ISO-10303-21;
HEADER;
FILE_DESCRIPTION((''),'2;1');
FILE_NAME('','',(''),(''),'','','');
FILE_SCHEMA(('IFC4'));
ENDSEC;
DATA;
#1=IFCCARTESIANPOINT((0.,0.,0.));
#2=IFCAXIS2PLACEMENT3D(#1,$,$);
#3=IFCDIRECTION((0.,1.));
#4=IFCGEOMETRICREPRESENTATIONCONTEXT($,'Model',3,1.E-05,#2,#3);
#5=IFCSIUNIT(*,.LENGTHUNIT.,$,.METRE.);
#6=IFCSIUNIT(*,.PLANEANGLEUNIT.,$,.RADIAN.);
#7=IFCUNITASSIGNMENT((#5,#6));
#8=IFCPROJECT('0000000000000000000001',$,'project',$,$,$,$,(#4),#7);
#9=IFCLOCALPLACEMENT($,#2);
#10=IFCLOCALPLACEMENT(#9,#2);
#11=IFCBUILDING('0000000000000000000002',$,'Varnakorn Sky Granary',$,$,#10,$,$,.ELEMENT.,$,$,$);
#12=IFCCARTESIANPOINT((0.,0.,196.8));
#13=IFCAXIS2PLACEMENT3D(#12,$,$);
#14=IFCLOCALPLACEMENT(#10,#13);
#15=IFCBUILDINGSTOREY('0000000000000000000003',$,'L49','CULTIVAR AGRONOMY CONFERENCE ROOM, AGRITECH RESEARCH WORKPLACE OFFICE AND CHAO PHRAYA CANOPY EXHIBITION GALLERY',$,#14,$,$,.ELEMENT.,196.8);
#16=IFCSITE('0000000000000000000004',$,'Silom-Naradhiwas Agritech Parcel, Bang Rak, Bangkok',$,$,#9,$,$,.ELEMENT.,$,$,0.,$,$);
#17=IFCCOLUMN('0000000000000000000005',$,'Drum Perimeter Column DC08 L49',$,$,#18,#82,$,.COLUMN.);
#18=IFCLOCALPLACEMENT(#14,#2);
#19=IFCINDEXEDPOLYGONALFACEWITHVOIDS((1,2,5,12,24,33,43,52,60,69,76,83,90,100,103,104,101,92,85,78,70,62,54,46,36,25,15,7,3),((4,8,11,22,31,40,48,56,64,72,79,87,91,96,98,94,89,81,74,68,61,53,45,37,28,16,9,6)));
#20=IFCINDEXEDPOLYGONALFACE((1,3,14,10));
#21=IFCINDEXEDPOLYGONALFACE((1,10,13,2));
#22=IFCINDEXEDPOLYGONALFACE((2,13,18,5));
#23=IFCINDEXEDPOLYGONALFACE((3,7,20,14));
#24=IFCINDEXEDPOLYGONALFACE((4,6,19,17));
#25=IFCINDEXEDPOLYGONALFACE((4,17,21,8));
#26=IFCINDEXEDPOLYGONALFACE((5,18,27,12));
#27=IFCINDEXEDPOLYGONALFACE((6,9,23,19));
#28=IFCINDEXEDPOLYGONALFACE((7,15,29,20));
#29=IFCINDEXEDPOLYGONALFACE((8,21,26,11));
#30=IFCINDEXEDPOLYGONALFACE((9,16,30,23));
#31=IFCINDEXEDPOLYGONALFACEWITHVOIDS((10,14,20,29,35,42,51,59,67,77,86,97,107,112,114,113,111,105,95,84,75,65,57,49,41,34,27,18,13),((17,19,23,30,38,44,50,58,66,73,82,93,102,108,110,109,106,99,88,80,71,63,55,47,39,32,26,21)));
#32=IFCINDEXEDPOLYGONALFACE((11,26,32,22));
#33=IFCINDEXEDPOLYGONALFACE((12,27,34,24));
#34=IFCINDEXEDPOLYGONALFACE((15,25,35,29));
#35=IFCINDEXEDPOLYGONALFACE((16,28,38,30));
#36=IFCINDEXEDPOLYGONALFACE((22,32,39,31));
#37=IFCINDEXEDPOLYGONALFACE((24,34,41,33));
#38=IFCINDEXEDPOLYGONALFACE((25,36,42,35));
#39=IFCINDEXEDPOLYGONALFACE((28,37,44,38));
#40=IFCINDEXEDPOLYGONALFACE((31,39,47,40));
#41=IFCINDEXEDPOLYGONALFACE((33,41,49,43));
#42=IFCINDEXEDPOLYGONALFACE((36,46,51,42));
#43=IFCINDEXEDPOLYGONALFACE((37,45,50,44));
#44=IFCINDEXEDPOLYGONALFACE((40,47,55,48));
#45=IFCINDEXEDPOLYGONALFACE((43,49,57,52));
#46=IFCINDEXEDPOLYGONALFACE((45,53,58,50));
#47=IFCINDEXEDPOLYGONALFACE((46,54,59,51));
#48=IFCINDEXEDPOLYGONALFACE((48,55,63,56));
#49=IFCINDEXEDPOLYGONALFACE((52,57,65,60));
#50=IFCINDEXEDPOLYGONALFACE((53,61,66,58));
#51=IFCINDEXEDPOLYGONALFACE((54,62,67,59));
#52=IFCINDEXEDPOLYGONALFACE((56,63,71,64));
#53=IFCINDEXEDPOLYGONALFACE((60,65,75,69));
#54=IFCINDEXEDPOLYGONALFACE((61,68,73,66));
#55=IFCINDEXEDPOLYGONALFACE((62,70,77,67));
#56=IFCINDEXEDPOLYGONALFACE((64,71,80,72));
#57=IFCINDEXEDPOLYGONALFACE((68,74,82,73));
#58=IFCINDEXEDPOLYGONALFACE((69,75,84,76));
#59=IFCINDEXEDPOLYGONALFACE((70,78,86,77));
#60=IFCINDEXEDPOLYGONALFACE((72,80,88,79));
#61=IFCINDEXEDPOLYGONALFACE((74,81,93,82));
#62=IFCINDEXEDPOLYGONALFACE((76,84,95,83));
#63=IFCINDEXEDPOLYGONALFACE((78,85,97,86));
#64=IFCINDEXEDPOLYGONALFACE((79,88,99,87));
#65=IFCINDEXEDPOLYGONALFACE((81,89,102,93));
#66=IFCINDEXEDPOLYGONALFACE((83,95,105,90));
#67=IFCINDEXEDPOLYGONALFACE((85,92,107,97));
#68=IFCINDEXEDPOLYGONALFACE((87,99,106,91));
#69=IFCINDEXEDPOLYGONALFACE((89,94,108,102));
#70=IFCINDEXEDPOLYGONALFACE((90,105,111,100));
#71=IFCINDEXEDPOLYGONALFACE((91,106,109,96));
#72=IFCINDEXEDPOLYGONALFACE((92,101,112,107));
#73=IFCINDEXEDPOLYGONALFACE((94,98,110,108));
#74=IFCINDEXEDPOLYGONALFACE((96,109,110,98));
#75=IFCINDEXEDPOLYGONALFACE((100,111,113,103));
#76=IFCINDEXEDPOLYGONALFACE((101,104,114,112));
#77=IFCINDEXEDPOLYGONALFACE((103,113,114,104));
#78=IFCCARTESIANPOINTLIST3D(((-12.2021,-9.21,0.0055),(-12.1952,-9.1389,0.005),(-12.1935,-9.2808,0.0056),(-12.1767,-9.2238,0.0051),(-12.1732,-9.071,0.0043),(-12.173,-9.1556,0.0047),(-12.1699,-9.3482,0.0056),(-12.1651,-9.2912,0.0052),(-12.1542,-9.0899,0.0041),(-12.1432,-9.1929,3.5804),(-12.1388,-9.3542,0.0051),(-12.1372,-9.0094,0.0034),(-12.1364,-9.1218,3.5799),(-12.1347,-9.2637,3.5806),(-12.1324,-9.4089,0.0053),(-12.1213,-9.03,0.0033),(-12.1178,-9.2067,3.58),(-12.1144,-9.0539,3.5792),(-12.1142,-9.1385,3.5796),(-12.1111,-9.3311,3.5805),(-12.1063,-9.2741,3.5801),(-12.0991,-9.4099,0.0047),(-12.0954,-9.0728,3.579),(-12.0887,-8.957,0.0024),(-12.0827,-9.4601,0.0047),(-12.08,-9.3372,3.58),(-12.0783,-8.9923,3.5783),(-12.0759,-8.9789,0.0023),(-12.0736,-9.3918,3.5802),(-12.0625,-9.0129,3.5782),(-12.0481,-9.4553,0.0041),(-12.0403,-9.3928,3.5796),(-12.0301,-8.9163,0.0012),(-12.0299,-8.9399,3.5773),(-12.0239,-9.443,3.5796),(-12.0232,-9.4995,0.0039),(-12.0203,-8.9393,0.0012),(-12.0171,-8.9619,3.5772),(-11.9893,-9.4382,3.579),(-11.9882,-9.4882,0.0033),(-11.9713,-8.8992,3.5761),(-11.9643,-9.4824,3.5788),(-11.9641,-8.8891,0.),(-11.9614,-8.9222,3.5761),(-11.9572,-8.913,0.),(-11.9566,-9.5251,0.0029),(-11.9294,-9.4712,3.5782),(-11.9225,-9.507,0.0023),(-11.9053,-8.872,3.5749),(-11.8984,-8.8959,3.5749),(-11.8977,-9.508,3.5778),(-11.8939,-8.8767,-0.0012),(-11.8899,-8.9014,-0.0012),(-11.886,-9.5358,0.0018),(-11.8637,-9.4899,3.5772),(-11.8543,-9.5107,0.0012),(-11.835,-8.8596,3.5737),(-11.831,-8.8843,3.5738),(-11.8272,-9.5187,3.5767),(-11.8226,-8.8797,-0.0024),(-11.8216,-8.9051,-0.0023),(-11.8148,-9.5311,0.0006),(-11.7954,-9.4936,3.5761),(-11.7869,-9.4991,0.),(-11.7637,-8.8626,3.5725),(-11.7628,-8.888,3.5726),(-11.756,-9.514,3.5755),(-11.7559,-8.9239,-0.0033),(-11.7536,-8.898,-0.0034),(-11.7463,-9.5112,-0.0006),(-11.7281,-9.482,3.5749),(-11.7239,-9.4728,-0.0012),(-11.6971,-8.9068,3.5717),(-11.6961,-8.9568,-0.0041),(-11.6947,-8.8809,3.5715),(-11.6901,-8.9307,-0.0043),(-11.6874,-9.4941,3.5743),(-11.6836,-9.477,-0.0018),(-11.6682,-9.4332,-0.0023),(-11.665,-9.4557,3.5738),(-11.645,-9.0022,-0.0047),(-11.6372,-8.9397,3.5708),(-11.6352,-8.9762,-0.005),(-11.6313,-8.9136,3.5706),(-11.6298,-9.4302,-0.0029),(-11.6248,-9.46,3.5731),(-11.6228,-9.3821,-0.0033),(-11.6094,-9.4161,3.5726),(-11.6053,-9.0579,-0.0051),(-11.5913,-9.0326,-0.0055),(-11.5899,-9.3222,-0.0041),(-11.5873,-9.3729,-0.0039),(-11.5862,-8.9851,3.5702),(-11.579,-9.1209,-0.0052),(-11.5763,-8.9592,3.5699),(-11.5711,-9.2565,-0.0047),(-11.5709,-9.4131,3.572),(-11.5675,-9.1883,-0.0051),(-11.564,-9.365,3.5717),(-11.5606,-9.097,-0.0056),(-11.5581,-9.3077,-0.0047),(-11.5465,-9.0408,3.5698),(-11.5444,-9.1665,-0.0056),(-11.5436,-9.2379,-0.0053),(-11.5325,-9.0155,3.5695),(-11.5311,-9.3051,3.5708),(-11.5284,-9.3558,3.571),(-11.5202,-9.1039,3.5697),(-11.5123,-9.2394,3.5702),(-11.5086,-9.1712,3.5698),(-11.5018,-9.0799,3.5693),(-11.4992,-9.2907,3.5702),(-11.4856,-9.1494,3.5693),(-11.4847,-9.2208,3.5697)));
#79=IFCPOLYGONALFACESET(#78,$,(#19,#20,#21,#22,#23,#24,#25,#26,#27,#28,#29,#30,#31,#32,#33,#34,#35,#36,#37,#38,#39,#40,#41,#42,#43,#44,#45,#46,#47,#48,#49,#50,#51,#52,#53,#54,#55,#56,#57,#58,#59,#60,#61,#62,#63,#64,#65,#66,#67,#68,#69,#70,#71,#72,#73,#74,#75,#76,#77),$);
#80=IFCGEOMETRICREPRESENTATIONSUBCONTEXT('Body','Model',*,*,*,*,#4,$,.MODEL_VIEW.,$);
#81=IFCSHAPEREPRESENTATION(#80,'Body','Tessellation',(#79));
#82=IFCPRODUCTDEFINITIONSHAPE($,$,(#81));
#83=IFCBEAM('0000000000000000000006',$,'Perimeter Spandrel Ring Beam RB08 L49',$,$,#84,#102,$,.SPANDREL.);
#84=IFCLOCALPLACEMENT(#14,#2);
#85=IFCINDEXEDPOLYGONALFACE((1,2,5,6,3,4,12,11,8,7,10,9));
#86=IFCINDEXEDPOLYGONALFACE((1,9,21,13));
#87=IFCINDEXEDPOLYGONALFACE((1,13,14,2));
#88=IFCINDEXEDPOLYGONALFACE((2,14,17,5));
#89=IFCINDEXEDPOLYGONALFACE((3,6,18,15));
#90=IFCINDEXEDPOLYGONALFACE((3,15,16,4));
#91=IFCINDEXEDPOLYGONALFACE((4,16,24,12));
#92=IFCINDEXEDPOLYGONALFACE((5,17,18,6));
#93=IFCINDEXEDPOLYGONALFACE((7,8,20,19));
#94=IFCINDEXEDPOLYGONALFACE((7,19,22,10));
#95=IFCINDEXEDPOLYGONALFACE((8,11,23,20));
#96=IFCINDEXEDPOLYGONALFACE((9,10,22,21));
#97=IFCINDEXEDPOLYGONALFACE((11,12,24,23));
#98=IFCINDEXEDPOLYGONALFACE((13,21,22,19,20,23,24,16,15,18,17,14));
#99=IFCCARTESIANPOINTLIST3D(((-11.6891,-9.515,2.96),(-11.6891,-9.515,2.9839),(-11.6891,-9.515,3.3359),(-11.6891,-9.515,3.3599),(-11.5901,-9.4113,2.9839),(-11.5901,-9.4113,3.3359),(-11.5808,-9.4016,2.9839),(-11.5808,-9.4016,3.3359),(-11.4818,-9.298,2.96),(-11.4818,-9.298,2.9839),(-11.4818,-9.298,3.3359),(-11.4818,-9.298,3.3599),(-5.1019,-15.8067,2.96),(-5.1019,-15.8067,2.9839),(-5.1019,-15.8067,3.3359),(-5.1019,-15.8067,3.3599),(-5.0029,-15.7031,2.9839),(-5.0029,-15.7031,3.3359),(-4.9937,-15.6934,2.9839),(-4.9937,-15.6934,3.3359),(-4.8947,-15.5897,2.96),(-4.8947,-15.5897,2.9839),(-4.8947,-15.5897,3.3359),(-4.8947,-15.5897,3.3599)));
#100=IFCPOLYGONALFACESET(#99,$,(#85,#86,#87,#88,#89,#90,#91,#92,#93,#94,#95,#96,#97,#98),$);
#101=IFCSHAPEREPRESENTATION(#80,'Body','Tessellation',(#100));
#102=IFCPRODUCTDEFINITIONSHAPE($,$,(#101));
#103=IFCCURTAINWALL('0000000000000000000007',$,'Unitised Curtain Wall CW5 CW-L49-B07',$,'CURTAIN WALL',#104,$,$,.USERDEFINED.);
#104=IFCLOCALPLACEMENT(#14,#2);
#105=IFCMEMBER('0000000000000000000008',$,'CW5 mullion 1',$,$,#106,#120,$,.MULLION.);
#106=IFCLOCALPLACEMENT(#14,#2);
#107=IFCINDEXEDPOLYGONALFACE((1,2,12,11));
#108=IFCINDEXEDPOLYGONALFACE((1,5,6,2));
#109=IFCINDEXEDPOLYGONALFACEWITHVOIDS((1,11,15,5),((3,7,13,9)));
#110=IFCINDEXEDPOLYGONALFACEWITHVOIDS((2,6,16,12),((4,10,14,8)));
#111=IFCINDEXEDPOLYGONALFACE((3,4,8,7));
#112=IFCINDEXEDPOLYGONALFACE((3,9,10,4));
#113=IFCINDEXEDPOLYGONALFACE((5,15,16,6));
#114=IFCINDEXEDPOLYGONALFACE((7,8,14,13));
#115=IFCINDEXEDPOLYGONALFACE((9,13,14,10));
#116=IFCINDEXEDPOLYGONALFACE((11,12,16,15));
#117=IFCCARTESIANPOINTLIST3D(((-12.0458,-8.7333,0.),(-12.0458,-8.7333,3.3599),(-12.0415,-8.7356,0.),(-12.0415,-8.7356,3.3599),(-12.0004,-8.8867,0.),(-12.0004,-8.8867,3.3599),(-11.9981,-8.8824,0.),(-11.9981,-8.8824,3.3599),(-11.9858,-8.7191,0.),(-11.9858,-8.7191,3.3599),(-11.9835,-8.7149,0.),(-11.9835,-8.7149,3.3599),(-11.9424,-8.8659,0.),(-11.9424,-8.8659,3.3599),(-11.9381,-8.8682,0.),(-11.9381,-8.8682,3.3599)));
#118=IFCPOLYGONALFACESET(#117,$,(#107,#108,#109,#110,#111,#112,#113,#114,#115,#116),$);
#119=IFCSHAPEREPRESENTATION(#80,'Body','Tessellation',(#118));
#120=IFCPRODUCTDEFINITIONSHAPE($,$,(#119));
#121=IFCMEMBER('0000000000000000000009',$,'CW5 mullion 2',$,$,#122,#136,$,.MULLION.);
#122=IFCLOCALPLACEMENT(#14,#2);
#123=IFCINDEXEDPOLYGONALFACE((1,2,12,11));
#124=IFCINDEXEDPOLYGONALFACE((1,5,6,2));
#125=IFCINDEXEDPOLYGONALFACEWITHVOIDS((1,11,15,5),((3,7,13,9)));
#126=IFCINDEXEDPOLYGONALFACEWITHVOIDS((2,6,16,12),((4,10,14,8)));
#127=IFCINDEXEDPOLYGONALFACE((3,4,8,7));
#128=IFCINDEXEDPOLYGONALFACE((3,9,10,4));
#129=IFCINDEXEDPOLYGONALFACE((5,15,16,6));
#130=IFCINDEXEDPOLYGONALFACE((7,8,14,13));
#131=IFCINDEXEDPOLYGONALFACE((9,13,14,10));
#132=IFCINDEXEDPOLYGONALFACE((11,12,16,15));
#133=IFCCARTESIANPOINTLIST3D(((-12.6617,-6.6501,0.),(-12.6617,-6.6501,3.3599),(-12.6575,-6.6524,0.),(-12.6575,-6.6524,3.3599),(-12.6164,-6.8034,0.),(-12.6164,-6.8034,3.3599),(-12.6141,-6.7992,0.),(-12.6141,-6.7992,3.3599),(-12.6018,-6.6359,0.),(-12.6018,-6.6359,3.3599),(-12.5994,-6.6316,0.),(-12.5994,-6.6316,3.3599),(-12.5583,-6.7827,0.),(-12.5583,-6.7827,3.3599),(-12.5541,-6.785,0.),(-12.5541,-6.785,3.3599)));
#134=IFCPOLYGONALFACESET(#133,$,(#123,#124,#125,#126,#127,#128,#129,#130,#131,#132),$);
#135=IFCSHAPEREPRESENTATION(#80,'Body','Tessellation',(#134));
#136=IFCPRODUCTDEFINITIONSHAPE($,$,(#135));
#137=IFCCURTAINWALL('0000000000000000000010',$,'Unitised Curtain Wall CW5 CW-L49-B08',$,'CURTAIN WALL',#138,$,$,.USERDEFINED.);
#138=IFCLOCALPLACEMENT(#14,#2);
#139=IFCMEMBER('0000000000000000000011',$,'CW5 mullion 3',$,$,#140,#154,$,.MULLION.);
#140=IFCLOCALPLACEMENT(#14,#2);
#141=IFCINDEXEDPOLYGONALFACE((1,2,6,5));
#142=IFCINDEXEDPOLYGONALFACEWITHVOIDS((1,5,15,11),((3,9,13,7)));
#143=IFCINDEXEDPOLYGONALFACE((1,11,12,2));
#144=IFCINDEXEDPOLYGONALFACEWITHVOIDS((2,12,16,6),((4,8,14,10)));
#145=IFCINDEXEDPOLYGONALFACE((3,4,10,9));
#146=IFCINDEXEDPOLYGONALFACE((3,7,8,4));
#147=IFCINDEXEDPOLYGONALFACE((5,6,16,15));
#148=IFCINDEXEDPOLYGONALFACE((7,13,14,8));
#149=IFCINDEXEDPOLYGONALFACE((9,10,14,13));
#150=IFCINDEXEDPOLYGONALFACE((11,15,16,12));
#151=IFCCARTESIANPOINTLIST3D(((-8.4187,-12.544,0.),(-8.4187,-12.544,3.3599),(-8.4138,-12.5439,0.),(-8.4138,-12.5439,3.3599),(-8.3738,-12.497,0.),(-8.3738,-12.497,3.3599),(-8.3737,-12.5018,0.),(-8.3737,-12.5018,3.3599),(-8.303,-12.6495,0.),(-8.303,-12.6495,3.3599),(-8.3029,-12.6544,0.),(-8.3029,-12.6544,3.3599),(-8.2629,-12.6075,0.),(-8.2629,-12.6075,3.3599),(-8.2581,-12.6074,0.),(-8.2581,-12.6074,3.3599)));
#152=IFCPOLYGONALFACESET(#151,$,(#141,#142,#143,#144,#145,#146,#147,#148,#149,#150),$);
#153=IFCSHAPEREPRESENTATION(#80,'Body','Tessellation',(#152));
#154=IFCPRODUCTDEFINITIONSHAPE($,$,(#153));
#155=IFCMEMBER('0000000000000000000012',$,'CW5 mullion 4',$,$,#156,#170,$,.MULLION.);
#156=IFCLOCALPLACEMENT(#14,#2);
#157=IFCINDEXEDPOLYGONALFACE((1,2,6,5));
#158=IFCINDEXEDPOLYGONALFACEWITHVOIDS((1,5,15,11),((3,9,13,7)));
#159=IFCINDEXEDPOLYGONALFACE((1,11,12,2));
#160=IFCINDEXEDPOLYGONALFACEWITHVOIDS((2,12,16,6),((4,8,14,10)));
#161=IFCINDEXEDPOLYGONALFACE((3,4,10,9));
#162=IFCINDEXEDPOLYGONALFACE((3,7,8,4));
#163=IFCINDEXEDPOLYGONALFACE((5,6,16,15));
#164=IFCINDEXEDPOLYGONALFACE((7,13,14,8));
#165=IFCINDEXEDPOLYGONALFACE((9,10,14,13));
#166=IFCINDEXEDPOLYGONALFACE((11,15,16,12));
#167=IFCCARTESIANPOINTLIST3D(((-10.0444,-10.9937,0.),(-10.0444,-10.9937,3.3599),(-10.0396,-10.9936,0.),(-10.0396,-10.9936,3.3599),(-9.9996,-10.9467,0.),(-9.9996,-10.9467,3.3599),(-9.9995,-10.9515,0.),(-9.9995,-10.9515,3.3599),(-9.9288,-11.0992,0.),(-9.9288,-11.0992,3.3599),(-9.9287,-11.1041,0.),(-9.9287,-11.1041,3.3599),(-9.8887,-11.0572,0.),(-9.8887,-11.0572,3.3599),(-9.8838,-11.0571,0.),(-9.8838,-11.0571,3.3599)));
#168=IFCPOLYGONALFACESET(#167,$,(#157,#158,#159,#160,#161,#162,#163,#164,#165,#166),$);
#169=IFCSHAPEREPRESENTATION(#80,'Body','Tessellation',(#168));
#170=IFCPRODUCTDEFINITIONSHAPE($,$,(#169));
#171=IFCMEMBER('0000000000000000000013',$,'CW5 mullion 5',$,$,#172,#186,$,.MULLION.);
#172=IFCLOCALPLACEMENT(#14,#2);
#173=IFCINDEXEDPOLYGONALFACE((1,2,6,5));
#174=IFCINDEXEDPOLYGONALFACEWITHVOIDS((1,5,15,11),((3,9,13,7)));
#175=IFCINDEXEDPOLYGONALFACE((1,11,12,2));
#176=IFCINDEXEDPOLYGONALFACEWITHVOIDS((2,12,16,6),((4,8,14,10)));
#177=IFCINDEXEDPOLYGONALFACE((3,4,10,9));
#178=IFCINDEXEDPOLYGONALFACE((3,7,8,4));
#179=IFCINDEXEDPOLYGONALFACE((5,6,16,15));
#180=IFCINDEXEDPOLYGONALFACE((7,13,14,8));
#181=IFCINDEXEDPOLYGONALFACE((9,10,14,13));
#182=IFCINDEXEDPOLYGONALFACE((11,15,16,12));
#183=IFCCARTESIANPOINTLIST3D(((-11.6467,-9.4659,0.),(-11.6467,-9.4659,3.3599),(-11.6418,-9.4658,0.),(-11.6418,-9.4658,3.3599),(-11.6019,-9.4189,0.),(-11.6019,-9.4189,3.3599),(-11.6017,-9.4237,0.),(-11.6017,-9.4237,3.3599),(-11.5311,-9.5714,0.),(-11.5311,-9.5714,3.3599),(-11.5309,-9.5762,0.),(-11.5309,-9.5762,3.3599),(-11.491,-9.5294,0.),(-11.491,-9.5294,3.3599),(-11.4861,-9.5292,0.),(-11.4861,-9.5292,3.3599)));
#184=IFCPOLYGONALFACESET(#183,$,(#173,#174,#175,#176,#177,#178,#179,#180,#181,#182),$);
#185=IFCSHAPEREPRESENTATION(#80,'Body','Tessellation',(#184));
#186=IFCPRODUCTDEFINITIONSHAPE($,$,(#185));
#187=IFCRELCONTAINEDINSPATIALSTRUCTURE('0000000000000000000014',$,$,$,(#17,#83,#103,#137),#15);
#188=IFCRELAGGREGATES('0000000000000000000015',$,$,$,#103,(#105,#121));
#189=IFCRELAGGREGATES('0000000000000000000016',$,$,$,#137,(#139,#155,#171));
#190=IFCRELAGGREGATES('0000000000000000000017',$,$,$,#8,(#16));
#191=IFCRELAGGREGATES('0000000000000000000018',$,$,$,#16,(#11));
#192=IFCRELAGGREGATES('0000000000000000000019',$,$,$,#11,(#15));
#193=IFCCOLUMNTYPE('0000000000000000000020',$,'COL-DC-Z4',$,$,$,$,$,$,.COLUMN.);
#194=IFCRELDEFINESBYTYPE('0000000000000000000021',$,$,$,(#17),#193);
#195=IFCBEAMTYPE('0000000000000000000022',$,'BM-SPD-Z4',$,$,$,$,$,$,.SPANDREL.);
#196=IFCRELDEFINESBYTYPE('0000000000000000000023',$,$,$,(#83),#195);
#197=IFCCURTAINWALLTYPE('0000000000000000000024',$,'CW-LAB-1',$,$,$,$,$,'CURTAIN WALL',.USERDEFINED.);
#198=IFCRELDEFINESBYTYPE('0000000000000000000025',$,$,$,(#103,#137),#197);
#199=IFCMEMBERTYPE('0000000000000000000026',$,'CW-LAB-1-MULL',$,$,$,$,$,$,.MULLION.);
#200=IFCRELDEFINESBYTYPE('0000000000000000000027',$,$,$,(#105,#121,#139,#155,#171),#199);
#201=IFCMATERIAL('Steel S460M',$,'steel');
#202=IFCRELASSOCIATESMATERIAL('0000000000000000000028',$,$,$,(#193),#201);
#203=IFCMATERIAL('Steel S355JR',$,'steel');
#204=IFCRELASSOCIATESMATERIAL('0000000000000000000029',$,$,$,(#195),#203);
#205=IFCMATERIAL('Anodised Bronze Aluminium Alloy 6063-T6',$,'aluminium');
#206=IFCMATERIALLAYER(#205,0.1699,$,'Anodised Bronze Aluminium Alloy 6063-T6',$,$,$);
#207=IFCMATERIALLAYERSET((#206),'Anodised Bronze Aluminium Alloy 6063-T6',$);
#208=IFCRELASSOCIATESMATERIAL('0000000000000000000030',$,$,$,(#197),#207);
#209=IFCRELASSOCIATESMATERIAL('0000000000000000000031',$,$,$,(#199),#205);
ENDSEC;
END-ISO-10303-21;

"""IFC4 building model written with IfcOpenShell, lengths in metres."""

from ifc_helpers import new_model, si_unit, direction, frame, origin, origin_2d, place, context, subcontext, project, spatial, hollow_rectangle, hollow_circle, i_section, extrude, material, layer, layer_set, material_profile, profile_set, type_object, element, aggregate, save


model = new_model("IFC4")

# Units and contexts
model_context = context("Model", 3, precision=1e-05, world=origin(), true_north=direction((0.0, 1.0)))
body_context = subcontext(model_context, "Body", "Model", "MODEL_VIEW")
ifc_project = project(units=[si_unit("LENGTHUNIT", "METRE"), si_unit("PLANEANGLEUNIT", "RADIAN")], contexts=[model_context])

# Site, building, storey
site_placement = place(None, origin())
site = spatial("IfcSite", under=ifc_project, at=site_placement, Name="Silom-Naradhiwas Agritech Parcel, Bang Rak, Bangkok", CompositionType="ELEMENT", RefElevation=0.0)
building_placement = place(site_placement, origin())
building = spatial("IfcBuilding", under=site, at=building_placement, Name="Varnakorn Sky Granary", CompositionType="ELEMENT")
storey_placement = place(building_placement, frame((0.0, 0.0, 196.8)))
storey = spatial("IfcBuildingStorey", under=building, at=storey_placement, Name="L49", Description="CULTIVAR AGRONOMY CONFERENCE ROOM, AGRITECH RESEARCH WORKPLACE OFFICE AND CHAO PHRAYA CANOPY EXHIBITION GALLERY", CompositionType="ELEMENT", Elevation=196.8)

# Column
ifc_material_1 = material(Name="Steel S460M", Category="steel")
ifc_material_profile_1 = material_profile(ifc_material_1, hollow_circle(Radius=0.3301, WallThickness=0.0249, at=origin_2d()), Name="CHS 660x25")
ifc_profile_set_1 = profile_set([ifc_material_profile_1], Name="Steel S460M")
column_type = type_object("IfcColumnType", Name="COL-DC-Z4", PredefinedType="COLUMN", material=ifc_profile_set_1)
column_placement = place(storey_placement, frame((-11.8721, -9.2061, 0.0), z_axis=(0.016456, 0.00478, 0.999853), x_axis=(-0.278929, 0.960312, 0.0)))
element("IfcColumn", 1, at=column_placement, inside=storey, type_object=column_type, Name="Drum Perimeter Column DC08 L49", PredefinedType="COLUMN", context=body_context, shape_type="SweptSolid", body=[
    extrude(hollow_circle(Radius=0.3301, WallThickness=0.0249, at=origin_2d()), origin(), (0.0, 0.0, 1.0), 3.5754),
])

# Beam
ifc_material_2 = material(Name="Steel S355JR", Category="steel")
ifc_material_profile_2 = material_profile(ifc_material_2, i_section(OverallWidth=0.3, OverallDepth=0.3999, WebThickness=0.0134, FlangeThickness=0.0239, at=origin_2d()), Name="HE 400 B")
ifc_profile_set_2 = profile_set([ifc_material_profile_2], Name="Steel S355JR")
beam_type = type_object("IfcBeamType", Name="BM-SPD-Z4", PredefinedType="SPANDREL", material=ifc_profile_set_2)
beam_placement = place(storey_placement, frame((-11.5854, -9.4065, 3.1599), z_axis=(0.723136, -0.690706, 0.0), x_axis=(0.690706, 0.723136, 0.0)))
element("IfcBeam", 2, at=beam_placement, inside=storey, type_object=beam_type, Name="Perimeter Spandrel Ring Beam RB08 L49", PredefinedType="SPANDREL", context=body_context, shape_type="SweptSolid", body=[
    extrude(i_section(OverallWidth=0.3, OverallDepth=0.3999, WebThickness=0.0134, FlangeThickness=0.0239, at=origin_2d()), origin(), (0.0, 0.0, 1.0), 9.1091),
])

# Curtain walls, members
ifc_material_3 = material(Name="Anodised Bronze Aluminium Alloy 6063-T6", Category="aluminium")
ifc_layer_1 = layer(ifc_material_3, 0.1699, Name="Anodised Bronze Aluminium Alloy 6063-T6")
ifc_layer_set_1 = layer_set([ifc_layer_1], Name="Anodised Bronze Aluminium Alloy 6063-T6")
curtain_wall_type = type_object("IfcCurtainWallType", Name="CW-LAB-1", ElementType="CURTAIN WALL", PredefinedType="USERDEFINED", material=ifc_layer_set_1)
curtain_wall_1_placement = place(storey_placement, origin())
curtain_wall_1 = element("IfcCurtainWall", 3, at=curtain_wall_1_placement, inside=storey, type_object=curtain_wall_type, Name="Unitised Curtain Wall CW5 CW-L49-B07", ObjectType="CURTAIN WALL", PredefinedType="USERDEFINED")
ifc_material_profile_3 = material_profile(ifc_material_3, hollow_rectangle(XDim=0.0649, YDim=0.1599, WallThickness=0.0034, at=origin_2d()), Name="ALU MULL 65x160")
ifc_profile_set_3 = profile_set([ifc_material_profile_3], Name="Anodised Bronze Aluminium Alloy 6063-T6")
member_type_1 = type_object("IfcMemberType", Name="CW-LAB-1-MULL", PredefinedType="MULLION", material=ifc_profile_set_3)
member_1_placement = place(storey_placement, frame((-11.9919, -8.8008, 0.0), z_axis=(0.0, 0.0, 1.0), x_axis=(-0.958964, -0.283528, 0.0)))
member_1 = element("IfcMember", 4, at=member_1_placement, type_object=member_type_1, Name="CW5 mullion 1", PredefinedType="MULLION", context=body_context, shape_type="SweptSolid", body=[
    extrude(hollow_rectangle(XDim=0.0649, YDim=0.1599, WallThickness=0.0034, at=origin_2d()), origin(), (0.0, 0.0, 1.0), 3.3599),
])
member_2_placement = place(storey_placement, frame((-12.6079, -6.7175, 0.0), z_axis=(0.0, 0.0, 1.0), x_axis=(-0.958964, -0.283528, 0.0)))
member_2 = element("IfcMember", 5, at=member_2_placement, type_object=member_type_1, Name="CW5 mullion 2", PredefinedType="MULLION", context=body_context, shape_type="SweptSolid", body=[
    extrude(hollow_rectangle(XDim=0.0649, YDim=0.1599, WallThickness=0.0034, at=origin_2d()), origin(), (0.0, 0.0, 1.0), 3.3599),
])
curtain_wall_2_placement = place(storey_placement, origin())
curtain_wall_2 = element("IfcCurtainWall", 6, at=curtain_wall_2_placement, inside=storey, type_object=curtain_wall_type, Name="Unitised Curtain Wall CW5 CW-L49-B08", ObjectType="CURTAIN WALL", PredefinedType="USERDEFINED")
member_3_placement = place(storey_placement, frame((-8.3384, -12.5757, 0.0), z_axis=(0.0, 0.0, 1.0), x_axis=(-0.690097, -0.723717, 0.0)))
member_3 = element("IfcMember", 7, at=member_3_placement, type_object=member_type_1, Name="CW5 mullion 3", PredefinedType="MULLION", context=body_context, shape_type="SweptSolid", body=[
    extrude(hollow_rectangle(XDim=0.0649, YDim=0.1599, WallThickness=0.0034, at=origin_2d()), origin(), (0.0, 0.0, 1.0), 3.3599),
])
member_4_placement = place(storey_placement, frame((-9.9641, -11.0254, 0.0), z_axis=(0.0, 0.0, 1.0), x_axis=(-0.690097, -0.723717, 0.0)))
member_4 = element("IfcMember", 8, at=member_4_placement, type_object=member_type_1, Name="CW5 mullion 4", PredefinedType="MULLION", context=body_context, shape_type="SweptSolid", body=[
    extrude(hollow_rectangle(XDim=0.0649, YDim=0.1599, WallThickness=0.0034, at=origin_2d()), origin(), (0.0, 0.0, 1.0), 3.3599),
])
member_5_placement = place(storey_placement, frame((-11.5664, -9.4976, 0.0), z_axis=(0.0, 0.0, 1.0), x_axis=(-0.690097, -0.723717, 0.0)))
member_5 = element("IfcMember", 9, at=member_5_placement, type_object=member_type_1, Name="CW5 mullion 5", PredefinedType="MULLION", context=body_context, shape_type="SweptSolid", body=[
    extrude(hollow_rectangle(XDim=0.0649, YDim=0.1599, WallThickness=0.0034, at=origin_2d()), origin(), (0.0, 0.0, 1.0), 3.3599),
])

aggregate(curtain_wall_1, [member_1, member_2])
aggregate(curtain_wall_2, [member_3, member_4, member_5])

save(model, "model.ifc")
